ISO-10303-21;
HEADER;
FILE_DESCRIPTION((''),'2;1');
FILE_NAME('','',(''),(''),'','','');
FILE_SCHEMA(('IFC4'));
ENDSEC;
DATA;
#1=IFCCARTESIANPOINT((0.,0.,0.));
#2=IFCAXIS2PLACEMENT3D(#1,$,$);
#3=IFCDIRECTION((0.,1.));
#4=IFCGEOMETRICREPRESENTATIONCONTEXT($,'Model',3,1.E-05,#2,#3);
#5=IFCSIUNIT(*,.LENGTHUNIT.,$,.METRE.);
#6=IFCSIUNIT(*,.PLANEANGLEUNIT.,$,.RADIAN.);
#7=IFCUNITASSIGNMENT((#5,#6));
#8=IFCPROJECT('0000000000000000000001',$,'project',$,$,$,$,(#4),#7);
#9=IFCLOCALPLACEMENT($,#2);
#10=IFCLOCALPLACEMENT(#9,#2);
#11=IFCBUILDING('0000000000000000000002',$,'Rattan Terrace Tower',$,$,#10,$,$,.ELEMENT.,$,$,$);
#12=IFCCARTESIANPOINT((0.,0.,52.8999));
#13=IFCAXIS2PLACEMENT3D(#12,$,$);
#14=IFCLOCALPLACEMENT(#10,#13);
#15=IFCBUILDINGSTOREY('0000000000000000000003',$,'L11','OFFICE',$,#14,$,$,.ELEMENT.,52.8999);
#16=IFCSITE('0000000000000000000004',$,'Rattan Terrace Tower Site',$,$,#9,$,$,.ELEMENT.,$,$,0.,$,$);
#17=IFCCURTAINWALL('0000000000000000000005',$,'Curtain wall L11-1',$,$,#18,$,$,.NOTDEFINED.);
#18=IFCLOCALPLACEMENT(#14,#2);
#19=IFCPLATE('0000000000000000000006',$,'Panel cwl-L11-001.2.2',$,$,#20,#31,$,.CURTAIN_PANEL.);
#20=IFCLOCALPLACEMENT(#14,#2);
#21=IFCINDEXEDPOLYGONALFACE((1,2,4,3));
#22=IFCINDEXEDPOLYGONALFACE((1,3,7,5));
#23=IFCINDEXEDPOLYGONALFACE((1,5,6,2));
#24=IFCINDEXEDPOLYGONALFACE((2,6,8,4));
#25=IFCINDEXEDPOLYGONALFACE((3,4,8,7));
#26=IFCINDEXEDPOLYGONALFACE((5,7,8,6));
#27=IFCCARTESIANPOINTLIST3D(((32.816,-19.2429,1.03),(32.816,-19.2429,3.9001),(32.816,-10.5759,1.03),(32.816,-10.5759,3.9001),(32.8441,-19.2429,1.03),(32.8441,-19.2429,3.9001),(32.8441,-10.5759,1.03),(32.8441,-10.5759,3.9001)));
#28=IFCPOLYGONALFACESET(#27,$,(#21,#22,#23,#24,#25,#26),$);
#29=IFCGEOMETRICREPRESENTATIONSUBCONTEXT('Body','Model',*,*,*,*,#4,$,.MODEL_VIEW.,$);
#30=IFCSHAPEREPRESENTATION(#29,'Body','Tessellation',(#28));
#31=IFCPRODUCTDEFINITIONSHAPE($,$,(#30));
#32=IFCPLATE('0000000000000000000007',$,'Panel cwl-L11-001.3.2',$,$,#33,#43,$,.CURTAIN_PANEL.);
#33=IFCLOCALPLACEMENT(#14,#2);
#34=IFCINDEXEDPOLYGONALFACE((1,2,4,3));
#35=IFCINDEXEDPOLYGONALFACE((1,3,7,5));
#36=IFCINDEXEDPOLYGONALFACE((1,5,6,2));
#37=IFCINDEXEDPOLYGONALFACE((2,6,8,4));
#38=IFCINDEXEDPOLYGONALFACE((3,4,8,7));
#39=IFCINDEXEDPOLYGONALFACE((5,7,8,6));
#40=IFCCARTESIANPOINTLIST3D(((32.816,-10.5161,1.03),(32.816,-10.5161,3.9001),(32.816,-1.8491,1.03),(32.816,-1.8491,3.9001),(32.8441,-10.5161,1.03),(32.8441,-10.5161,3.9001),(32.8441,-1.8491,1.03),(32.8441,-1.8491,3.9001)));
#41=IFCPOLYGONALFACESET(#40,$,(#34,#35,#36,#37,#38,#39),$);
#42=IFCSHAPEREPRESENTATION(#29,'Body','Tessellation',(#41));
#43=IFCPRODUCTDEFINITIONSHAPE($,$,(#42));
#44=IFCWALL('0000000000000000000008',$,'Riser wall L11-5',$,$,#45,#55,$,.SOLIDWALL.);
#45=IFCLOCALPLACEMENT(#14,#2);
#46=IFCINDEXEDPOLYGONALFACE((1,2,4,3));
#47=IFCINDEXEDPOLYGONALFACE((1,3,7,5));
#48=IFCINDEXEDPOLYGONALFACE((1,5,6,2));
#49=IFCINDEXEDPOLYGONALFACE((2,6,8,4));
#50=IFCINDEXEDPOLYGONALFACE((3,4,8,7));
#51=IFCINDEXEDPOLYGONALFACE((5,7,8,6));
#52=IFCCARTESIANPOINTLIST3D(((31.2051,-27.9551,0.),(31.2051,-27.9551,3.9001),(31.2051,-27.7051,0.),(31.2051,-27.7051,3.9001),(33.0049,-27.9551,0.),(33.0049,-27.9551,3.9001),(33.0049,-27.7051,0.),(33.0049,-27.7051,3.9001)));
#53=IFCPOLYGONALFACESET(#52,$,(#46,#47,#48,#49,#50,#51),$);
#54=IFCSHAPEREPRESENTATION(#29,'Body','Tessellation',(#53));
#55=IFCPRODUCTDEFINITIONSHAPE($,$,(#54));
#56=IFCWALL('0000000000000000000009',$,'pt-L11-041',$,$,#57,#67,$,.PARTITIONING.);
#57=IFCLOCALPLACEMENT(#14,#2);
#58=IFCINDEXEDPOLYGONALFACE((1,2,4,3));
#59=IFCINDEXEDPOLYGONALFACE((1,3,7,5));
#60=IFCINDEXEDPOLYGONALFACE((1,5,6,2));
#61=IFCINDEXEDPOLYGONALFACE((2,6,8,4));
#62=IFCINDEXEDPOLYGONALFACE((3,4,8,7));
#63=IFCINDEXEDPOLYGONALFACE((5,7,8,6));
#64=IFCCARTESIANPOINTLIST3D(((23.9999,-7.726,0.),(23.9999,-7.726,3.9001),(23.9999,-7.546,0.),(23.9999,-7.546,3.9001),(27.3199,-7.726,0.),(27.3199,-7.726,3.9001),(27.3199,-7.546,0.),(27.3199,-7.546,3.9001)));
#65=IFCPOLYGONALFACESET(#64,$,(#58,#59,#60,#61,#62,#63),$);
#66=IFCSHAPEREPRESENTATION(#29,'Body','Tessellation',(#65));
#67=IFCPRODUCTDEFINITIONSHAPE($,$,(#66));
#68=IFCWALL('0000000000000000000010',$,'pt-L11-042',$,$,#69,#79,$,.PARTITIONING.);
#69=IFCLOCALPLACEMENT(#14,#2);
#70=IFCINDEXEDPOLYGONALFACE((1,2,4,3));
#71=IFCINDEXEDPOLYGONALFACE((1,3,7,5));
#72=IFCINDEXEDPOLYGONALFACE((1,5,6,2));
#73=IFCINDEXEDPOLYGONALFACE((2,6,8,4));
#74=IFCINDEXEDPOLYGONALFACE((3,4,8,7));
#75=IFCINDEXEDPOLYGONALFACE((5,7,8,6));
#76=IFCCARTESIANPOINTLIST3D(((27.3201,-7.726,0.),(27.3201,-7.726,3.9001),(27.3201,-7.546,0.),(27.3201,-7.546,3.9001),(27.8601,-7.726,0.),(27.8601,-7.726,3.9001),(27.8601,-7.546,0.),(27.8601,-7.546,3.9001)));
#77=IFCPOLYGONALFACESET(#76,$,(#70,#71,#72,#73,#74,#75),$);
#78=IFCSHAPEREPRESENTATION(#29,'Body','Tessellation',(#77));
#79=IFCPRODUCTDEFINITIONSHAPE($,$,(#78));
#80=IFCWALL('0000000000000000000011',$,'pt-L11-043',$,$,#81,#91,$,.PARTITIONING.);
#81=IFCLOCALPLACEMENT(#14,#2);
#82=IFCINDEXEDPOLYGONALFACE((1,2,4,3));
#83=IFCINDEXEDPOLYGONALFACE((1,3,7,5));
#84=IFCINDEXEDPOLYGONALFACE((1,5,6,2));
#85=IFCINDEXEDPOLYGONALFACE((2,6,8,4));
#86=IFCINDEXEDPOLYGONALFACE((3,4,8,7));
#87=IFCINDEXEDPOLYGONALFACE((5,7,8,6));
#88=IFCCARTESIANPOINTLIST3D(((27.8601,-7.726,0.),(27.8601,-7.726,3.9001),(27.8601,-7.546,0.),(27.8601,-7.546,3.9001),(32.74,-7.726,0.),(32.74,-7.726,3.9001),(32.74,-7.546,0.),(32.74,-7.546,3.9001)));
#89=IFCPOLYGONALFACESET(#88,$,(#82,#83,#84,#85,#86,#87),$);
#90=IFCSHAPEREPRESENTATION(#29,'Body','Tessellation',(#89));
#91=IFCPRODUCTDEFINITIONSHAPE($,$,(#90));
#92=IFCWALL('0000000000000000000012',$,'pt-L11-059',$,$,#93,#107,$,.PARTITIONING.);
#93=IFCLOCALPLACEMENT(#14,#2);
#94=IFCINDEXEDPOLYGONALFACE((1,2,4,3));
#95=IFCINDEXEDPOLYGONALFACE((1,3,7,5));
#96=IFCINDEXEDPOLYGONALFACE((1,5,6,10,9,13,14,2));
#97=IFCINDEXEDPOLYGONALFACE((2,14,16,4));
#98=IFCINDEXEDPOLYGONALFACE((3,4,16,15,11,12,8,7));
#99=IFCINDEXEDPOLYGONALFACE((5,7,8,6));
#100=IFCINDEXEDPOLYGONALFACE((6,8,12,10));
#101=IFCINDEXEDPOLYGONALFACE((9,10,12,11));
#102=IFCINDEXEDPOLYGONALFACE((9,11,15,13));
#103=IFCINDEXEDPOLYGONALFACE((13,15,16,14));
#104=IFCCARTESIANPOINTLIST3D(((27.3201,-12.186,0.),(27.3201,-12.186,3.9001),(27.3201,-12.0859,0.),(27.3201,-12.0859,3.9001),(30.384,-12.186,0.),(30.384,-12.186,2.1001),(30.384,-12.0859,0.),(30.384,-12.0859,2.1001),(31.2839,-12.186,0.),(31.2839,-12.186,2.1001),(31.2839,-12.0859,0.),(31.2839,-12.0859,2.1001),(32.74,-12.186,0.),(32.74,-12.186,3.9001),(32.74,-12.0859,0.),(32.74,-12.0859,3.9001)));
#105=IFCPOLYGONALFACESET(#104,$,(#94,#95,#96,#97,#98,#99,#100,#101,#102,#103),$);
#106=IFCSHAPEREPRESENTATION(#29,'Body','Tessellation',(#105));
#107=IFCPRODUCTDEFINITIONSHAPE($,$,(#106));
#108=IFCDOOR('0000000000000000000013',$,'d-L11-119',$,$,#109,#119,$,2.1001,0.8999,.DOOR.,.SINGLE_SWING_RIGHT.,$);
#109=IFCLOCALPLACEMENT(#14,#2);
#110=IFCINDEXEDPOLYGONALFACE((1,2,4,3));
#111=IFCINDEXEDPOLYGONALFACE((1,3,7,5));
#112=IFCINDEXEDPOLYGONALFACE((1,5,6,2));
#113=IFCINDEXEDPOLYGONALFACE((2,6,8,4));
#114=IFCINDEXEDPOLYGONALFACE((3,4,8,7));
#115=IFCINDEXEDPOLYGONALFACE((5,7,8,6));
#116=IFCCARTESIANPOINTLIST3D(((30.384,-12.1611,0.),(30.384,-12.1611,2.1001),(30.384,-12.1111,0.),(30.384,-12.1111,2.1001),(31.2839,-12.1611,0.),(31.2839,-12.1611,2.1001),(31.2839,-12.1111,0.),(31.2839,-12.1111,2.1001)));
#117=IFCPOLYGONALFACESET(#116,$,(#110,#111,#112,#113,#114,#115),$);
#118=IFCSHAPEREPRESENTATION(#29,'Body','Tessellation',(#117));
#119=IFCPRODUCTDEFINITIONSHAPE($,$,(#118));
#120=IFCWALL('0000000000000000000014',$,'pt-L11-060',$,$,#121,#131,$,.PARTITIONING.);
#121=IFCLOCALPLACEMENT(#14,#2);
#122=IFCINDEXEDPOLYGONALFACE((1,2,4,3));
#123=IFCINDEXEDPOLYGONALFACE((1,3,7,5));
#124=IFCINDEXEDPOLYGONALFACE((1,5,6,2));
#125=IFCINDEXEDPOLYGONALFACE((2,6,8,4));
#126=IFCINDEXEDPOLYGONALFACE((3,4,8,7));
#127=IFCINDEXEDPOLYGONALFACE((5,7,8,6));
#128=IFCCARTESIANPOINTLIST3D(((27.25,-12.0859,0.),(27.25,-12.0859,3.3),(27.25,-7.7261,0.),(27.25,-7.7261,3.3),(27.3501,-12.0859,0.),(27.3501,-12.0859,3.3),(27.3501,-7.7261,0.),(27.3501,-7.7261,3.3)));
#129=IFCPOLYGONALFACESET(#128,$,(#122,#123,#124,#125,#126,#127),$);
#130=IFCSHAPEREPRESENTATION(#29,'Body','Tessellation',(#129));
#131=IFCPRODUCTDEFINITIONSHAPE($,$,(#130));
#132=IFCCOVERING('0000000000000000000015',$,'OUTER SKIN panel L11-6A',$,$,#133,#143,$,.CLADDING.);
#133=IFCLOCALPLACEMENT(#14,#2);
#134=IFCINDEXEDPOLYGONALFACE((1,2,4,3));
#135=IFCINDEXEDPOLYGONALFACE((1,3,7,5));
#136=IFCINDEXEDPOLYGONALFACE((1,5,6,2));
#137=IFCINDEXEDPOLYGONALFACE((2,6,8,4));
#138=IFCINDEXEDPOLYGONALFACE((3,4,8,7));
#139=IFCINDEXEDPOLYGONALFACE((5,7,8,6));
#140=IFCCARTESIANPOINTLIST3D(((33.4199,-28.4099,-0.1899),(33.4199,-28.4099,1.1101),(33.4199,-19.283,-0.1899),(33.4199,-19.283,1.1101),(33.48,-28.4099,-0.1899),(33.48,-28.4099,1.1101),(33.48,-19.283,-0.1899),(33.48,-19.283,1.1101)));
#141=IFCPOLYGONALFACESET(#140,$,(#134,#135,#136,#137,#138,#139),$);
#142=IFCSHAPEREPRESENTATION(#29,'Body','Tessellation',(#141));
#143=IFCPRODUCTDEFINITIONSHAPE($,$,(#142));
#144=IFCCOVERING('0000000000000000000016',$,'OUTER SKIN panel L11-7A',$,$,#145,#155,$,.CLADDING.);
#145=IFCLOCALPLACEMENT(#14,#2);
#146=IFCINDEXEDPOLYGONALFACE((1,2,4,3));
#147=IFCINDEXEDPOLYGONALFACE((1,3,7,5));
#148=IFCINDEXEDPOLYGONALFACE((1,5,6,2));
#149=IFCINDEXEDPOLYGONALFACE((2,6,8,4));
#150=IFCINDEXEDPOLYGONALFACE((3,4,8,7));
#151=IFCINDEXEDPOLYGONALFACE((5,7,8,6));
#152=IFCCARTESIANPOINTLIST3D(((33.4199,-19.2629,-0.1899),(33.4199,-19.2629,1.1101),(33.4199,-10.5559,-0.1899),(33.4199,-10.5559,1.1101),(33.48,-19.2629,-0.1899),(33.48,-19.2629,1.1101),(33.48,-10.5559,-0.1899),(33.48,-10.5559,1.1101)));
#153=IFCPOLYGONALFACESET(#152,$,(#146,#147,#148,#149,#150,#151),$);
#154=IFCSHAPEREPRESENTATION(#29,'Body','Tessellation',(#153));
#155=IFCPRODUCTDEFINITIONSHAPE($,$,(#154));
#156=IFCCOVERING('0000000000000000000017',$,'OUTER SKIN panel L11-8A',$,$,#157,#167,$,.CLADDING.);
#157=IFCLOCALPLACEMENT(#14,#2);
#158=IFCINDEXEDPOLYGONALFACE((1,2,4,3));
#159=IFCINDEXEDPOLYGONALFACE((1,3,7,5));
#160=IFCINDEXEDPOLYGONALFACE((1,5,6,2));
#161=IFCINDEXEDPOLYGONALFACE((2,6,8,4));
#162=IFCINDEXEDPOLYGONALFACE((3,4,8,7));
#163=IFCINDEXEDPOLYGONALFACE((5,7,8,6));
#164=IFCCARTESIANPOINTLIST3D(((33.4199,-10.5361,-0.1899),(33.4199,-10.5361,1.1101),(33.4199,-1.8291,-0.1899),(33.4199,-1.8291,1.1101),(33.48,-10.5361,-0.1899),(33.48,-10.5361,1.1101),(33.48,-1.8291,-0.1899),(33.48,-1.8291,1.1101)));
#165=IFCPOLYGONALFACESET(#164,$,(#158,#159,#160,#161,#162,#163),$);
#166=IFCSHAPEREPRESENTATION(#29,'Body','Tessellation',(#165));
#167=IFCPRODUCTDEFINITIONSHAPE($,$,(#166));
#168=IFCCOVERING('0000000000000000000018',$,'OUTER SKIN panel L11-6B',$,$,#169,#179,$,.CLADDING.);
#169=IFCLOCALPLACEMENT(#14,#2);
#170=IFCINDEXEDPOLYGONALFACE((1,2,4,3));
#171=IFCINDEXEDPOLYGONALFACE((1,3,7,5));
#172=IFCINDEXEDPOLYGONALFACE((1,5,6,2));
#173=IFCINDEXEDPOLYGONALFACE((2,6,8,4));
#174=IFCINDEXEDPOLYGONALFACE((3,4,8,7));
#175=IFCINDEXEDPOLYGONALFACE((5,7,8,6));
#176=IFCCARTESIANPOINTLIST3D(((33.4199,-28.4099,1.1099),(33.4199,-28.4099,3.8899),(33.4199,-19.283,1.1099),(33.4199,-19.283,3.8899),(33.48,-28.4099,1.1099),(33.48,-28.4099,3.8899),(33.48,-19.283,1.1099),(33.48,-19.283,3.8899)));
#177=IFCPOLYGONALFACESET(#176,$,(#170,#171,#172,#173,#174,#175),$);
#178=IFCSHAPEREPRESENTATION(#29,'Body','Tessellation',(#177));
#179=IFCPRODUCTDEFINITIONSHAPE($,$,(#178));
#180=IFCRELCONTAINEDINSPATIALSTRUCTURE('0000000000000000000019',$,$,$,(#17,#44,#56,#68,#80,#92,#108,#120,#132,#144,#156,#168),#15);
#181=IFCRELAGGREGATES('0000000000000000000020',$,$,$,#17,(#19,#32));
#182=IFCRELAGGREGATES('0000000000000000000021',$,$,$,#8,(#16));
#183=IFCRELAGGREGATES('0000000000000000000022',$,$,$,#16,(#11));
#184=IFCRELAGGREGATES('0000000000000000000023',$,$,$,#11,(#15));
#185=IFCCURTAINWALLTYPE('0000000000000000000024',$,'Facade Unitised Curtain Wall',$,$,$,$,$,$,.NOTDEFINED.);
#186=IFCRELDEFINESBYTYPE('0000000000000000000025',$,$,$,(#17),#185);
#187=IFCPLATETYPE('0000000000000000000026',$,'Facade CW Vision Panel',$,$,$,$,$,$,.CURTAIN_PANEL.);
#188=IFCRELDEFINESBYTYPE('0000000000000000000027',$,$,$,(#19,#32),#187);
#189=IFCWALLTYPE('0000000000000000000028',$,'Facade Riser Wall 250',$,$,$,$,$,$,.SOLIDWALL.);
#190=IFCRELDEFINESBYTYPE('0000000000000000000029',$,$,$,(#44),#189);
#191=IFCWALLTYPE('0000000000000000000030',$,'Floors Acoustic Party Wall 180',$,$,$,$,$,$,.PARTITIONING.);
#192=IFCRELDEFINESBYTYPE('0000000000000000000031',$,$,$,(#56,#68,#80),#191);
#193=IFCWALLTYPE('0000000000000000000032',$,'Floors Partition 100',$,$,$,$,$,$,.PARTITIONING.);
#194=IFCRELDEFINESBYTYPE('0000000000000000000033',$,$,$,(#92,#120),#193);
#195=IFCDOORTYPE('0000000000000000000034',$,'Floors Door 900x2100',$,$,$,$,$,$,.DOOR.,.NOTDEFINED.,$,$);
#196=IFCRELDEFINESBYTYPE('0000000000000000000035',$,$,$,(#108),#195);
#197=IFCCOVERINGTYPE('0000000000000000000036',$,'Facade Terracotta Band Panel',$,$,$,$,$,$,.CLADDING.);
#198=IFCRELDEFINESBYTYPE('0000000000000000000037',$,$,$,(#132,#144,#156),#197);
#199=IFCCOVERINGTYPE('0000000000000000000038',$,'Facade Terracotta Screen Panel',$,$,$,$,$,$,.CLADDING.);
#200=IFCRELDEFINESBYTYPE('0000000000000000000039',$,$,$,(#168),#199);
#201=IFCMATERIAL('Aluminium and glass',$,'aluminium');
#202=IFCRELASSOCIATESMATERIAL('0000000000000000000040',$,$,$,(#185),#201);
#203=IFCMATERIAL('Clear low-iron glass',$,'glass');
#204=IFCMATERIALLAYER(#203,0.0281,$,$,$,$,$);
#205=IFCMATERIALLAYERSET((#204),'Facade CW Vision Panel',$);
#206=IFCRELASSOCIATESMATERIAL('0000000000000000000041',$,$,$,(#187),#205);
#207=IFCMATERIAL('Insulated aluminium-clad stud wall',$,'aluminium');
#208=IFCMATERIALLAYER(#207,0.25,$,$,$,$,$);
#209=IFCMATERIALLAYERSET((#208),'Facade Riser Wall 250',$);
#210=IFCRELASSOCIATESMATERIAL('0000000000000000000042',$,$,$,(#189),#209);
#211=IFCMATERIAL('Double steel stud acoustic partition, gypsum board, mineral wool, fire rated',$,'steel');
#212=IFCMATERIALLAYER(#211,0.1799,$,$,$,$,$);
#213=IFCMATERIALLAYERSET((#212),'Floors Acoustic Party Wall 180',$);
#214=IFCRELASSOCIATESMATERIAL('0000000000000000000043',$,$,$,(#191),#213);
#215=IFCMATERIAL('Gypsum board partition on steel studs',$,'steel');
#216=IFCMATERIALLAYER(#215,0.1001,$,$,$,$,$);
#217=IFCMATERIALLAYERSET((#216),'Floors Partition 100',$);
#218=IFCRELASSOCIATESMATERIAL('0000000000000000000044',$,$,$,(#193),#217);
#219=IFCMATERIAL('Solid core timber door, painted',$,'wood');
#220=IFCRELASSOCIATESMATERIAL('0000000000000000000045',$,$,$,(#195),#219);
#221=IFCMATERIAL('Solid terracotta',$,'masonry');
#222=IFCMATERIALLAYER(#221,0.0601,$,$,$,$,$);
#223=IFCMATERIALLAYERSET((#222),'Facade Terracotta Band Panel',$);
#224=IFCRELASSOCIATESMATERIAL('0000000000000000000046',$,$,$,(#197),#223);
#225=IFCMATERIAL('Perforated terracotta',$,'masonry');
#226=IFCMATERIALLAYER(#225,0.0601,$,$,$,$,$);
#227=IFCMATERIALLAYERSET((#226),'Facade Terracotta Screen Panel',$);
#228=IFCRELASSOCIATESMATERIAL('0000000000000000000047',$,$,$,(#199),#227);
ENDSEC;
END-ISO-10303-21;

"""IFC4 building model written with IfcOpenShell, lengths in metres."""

from ifc_helpers import new_model, si_unit, direction, frame, frame_2d, origin, origin_2d, place, context, subcontext, project, spatial, rectangle, extrude, material, layer, layer_set, type_object, element, fill, aggregate, save


model = new_model("IFC4")

# Units and contexts
model_context = context("Model", 3, precision=1e-05, world=origin(), true_north=direction((0.0, 1.0)))
body_context = subcontext(model_context, "Body", "Model", "MODEL_VIEW")
ifc_project = project(units=[si_unit("LENGTHUNIT", "METRE"), si_unit("PLANEANGLEUNIT", "RADIAN")], contexts=[model_context])

# Site, building, storey
site_placement = place(None, origin())
site = spatial("IfcSite", under=ifc_project, at=site_placement, Name="Rattan Terrace Tower Site", CompositionType="ELEMENT", RefElevation=0.0)
building_placement = place(site_placement, origin())
building = spatial("IfcBuilding", under=site, at=building_placement, Name="Rattan Terrace Tower", CompositionType="ELEMENT")
storey_placement = place(building_placement, frame((0.0, 0.0, 52.8999)))
storey = spatial("IfcBuildingStorey", under=building, at=storey_placement, Name="L11", Description="OFFICE", CompositionType="ELEMENT", Elevation=52.8999)

# Curtain wall
ifc_material_1 = material(Name="Aluminium and glass", Category="aluminium")
curtain_wall_type = type_object("IfcCurtainWallType", Name="Facade Unitised Curtain Wall", PredefinedType="NOTDEFINED", material=ifc_material_1)
curtain_wall_placement = place(storey_placement, origin())
curtain_wall = element("IfcCurtainWall", 1, at=curtain_wall_placement, inside=storey, type_object=curtain_wall_type, Name="Curtain wall L11-1", PredefinedType="NOTDEFINED")

# Plates
ifc_material_2 = material(Name="Clear low-iron glass", Category="glass")
ifc_layer_1 = layer(ifc_material_2, 0.0281)
ifc_layer_set_1 = layer_set([ifc_layer_1], Name="Facade CW Vision Panel")
plate_type_1 = type_object("IfcPlateType", Name="Facade CW Vision Panel", PredefinedType="CURTAIN_PANEL", material=ifc_layer_set_1)
plate_1_placement = place(storey_placement, frame((32.8301, -14.9094, 1.03), z_axis=(0.0, 0.0, 1.0), x_axis=(0.0, 1.0, 0.0)))
plate_1 = element("IfcPlate", 2, at=plate_1_placement, type_object=plate_type_1, Name="Panel cwl-L11-001.2.2", PredefinedType="CURTAIN_PANEL", context=body_context, shape_type="SweptSolid", body=[
    extrude(rectangle(XDim=8.667, YDim=0.0281, at=origin_2d()), origin(), (0.0, 0.0, 1.0), 2.8701),
])
plate_2_placement = place(storey_placement, frame((32.8301, -6.1826, 1.03), z_axis=(0.0, 0.0, 1.0), x_axis=(0.0, 1.0, 0.0)))
plate_2 = element("IfcPlate", 3, at=plate_2_placement, type_object=plate_type_1, Name="Panel cwl-L11-001.3.2", PredefinedType="CURTAIN_PANEL", context=body_context, shape_type="SweptSolid", body=[
    extrude(rectangle(XDim=8.667, YDim=0.0281, at=origin_2d()), origin(), (0.0, 0.0, 1.0), 2.8701),
])
aggregate(curtain_wall, [plate_1, plate_2])

# Walls
ifc_material_3 = material(Name="Insulated aluminium-clad stud wall", Category="aluminium")
ifc_layer_2 = layer(ifc_material_3, 0.25)
ifc_layer_set_2 = layer_set([ifc_layer_2], Name="Facade Riser Wall 250")
wall_type_1 = type_object("IfcWallType", Name="Facade Riser Wall 250", PredefinedType="SOLIDWALL", material=ifc_layer_set_2)
wall_1_placement = place(storey_placement, frame((31.2051, -27.8301, 0.0), z_axis=(0.0, 0.0, 1.0), x_axis=(1.0, 0.0, 0.0)))
element("IfcWall", 4, at=wall_1_placement, inside=storey, type_object=wall_type_1, Name="Riser wall L11-5", PredefinedType="SOLIDWALL", context=body_context, shape_type="SweptSolid", body=[
    extrude(rectangle(XDim=1.7998, YDim=0.25, at=frame_2d((0.8999, 0.0))), origin(), (0.0, 0.0, 1.0), 3.9001),
])
ifc_material_4 = material(Name="Double steel stud acoustic partition, gypsum board, mineral wool, fire rated", Category="steel")
ifc_layer_3 = layer(ifc_material_4, 0.1799)
ifc_layer_set_3 = layer_set([ifc_layer_3], Name="Floors Acoustic Party Wall 180")
wall_type_2 = type_object("IfcWallType", Name="Floors Acoustic Party Wall 180", PredefinedType="PARTITIONING", material=ifc_layer_set_3)
wall_2_placement = place(storey_placement, frame((27.3201, -7.636, 0.0), z_axis=(0.0, 0.0, 1.0), x_axis=(-1.0, 0.0, 0.0)))
element("IfcWall", 5, at=wall_2_placement, inside=storey, type_object=wall_type_2, Name="pt-L11-041", PredefinedType="PARTITIONING", context=body_context, shape_type="SweptSolid", body=[
    extrude(rectangle(XDim=3.3201, YDim=0.1799, at=frame_2d((1.6602, 0.0))), origin(), (0.0, 0.0, 1.0), 3.9001),
])
wall_3_placement = place(storey_placement, frame((27.8601, -7.636, 0.0), z_axis=(0.0, 0.0, 1.0), x_axis=(-1.0, 0.0, 0.0)))
element("IfcWall", 6, at=wall_3_placement, inside=storey, type_object=wall_type_2, Name="pt-L11-042", PredefinedType="PARTITIONING", context=body_context, shape_type="SweptSolid", body=[
    extrude(rectangle(XDim=0.54, YDim=0.1799, at=frame_2d((0.27, 0.0))), origin(), (0.0, 0.0, 1.0), 3.9001),
])
wall_4_placement = place(storey_placement, frame((32.74, -7.636, 0.0), z_axis=(0.0, 0.0, 1.0), x_axis=(-1.0, 0.0, 0.0)))
element("IfcWall", 7, at=wall_4_placement, inside=storey, type_object=wall_type_2, Name="pt-L11-043", PredefinedType="PARTITIONING", context=body_context, shape_type="SweptSolid", body=[
    extrude(rectangle(XDim=4.8799, YDim=0.1799, at=frame_2d((2.4399, 0.0))), origin(), (0.0, 0.0, 1.0), 3.9001),
])

# Wall, opening, door
ifc_material_5 = material(Name="Gypsum board partition on steel studs", Category="steel")
ifc_layer_4 = layer(ifc_material_5, 0.1001)
ifc_layer_set_4 = layer_set([ifc_layer_4], Name="Floors Partition 100")
wall_type_3 = type_object("IfcWallType", Name="Floors Partition 100", PredefinedType="PARTITIONING", material=ifc_layer_set_4)
wall_5_placement = place(storey_placement, frame((27.3201, -12.136, 0.0), z_axis=(0.0, 0.0, 1.0), x_axis=(1.0, 0.0, 0.0)))
wall_5 = element("IfcWall", 8, at=wall_5_placement, inside=storey, type_object=wall_type_3, Name="pt-L11-059", PredefinedType="PARTITIONING", context=body_context, shape_type="SweptSolid", body=[
    extrude(rectangle(XDim=5.4199, YDim=0.1001, at=frame_2d((2.71, 0.0))), origin(), (0.0, 0.0, 1.0), 3.9001),
])
opening_placement = place(wall_5_placement, frame((3.064, 0.0, 0.0)))
opening = element("IfcOpeningElement", 9, at=opening_placement, cuts=wall_5, PredefinedType="OPENING", context=body_context, shape_type="SweptSolid", body=[
    extrude(rectangle(XDim=0.8999, YDim=2.1001, at=frame_2d((0.45, 1.05))), frame((0.0, 0.0605, 0.0), z_axis=(0.0, -1.0, 0.0), x_axis=(1.0, 0.0, 0.0)), (0.0, 0.0, 1.0), 0.1211),
])
ifc_material_6 = material(Name="Solid core timber door, painted", Category="wood")
door_type = type_object("IfcDoorType", Name="Floors Door 900x2100", OperationType="NOTDEFINED", PredefinedType="DOOR", material=ifc_material_6)
door_placement = place(opening_placement, origin())
door = element("IfcDoor", 10, at=door_placement, inside=storey, type_object=door_type, Name="d-L11-119", OperationType="SINGLE_SWING_RIGHT", OverallHeight=2.1001, OverallWidth=0.8999, PredefinedType="DOOR", context=body_context, shape_type="SweptSolid", body=[
    extrude(rectangle(XDim=0.8999, YDim=2.1001, at=frame_2d((0.45, 1.05))), frame((0.0, 0.0249, 0.0), z_axis=(0.0, -1.0, 0.0), x_axis=(1.0, 0.0, 0.0)), (0.0, 0.0, 1.0), 0.05),
])
fill(opening, door)

# Wall
wall_6_placement = place(storey_placement, frame((27.3, -7.7261, 0.0), z_axis=(0.0, 0.0, 1.0), x_axis=(0.0, -1.0, 0.0)))
element("IfcWall", 11, at=wall_6_placement, inside=storey, type_object=wall_type_3, Name="pt-L11-060", PredefinedType="PARTITIONING", context=body_context, shape_type="SweptSolid", body=[
    extrude(rectangle(XDim=4.3599, YDim=0.1001, at=frame_2d((2.1799, 0.0))), origin(), (0.0, 0.0, 1.0), 3.3),
])

# Coverings
ifc_material_7 = material(Name="Solid terracotta", Category="masonry")
ifc_layer_5 = layer(ifc_material_7, 0.0601)
ifc_layer_set_5 = layer_set([ifc_layer_5], Name="Facade Terracotta Band Panel")
covering_type_1 = type_object("IfcCoveringType", Name="Facade Terracotta Band Panel", PredefinedType="CLADDING", material=ifc_layer_set_5)
covering_1_placement = place(storey_placement, frame((33.45, -23.8464, -0.1899), z_axis=(0.0, 0.0, 1.0), x_axis=(0.0, 1.0, 0.0)))
element("IfcCovering", 12, at=covering_1_placement, inside=storey, type_object=covering_type_1, Name="OUTER SKIN panel L11-6A", PredefinedType="CLADDING", context=body_context, shape_type="SweptSolid", body=[
    extrude(rectangle(XDim=9.127, YDim=0.0601, at=origin_2d()), origin(), (0.0, 0.0, 1.0), 1.3),
])
for number, where, z_axis, x_axis, name in (
    (13, (33.45, -14.9094, -0.1899), (0.0, 0.0, 1.0), (0.0, 1.0, 0.0), "OUTER SKIN panel L11-7A"),
    (14, (33.45, -6.1826, -0.1899), (0.0, 0.0, 1.0), (0.0, 1.0, 0.0), "OUTER SKIN panel L11-8A"),
):
    element("IfcCovering", number, at=place(storey_placement, frame(where, z_axis=z_axis, x_axis=x_axis)), inside=storey, type_object=covering_type_1, Name=name, PredefinedType="CLADDING", context=body_context, shape_type="SweptSolid", body=[
        extrude(rectangle(XDim=8.707, YDim=0.0601, at=origin_2d()), origin(), (0.0, 0.0, 1.0), 1.3),
    ])
ifc_material_8 = material(Name="Perforated terracotta", Category="masonry")
ifc_layer_6 = layer(ifc_material_8, 0.0601)
ifc_layer_set_6 = layer_set([ifc_layer_6], Name="Facade Terracotta Screen Panel")
covering_type_2 = type_object("IfcCoveringType", Name="Facade Terracotta Screen Panel", PredefinedType="CLADDING", material=ifc_layer_set_6)
covering_2_placement = place(storey_placement, frame((33.45, -23.8464, 1.1099), z_axis=(0.0, 0.0, 1.0), x_axis=(0.0, 1.0, 0.0)))
element("IfcCovering", 15, at=covering_2_placement, inside=storey, type_object=covering_type_2, Name="OUTER SKIN panel L11-6B", PredefinedType="CLADDING", context=body_context, shape_type="SweptSolid", body=[
    extrude(rectangle(XDim=9.127, YDim=0.0601, at=origin_2d()), origin(), (0.0, 0.0, 1.0), 2.78),
])

save(model, "model.ifc")
